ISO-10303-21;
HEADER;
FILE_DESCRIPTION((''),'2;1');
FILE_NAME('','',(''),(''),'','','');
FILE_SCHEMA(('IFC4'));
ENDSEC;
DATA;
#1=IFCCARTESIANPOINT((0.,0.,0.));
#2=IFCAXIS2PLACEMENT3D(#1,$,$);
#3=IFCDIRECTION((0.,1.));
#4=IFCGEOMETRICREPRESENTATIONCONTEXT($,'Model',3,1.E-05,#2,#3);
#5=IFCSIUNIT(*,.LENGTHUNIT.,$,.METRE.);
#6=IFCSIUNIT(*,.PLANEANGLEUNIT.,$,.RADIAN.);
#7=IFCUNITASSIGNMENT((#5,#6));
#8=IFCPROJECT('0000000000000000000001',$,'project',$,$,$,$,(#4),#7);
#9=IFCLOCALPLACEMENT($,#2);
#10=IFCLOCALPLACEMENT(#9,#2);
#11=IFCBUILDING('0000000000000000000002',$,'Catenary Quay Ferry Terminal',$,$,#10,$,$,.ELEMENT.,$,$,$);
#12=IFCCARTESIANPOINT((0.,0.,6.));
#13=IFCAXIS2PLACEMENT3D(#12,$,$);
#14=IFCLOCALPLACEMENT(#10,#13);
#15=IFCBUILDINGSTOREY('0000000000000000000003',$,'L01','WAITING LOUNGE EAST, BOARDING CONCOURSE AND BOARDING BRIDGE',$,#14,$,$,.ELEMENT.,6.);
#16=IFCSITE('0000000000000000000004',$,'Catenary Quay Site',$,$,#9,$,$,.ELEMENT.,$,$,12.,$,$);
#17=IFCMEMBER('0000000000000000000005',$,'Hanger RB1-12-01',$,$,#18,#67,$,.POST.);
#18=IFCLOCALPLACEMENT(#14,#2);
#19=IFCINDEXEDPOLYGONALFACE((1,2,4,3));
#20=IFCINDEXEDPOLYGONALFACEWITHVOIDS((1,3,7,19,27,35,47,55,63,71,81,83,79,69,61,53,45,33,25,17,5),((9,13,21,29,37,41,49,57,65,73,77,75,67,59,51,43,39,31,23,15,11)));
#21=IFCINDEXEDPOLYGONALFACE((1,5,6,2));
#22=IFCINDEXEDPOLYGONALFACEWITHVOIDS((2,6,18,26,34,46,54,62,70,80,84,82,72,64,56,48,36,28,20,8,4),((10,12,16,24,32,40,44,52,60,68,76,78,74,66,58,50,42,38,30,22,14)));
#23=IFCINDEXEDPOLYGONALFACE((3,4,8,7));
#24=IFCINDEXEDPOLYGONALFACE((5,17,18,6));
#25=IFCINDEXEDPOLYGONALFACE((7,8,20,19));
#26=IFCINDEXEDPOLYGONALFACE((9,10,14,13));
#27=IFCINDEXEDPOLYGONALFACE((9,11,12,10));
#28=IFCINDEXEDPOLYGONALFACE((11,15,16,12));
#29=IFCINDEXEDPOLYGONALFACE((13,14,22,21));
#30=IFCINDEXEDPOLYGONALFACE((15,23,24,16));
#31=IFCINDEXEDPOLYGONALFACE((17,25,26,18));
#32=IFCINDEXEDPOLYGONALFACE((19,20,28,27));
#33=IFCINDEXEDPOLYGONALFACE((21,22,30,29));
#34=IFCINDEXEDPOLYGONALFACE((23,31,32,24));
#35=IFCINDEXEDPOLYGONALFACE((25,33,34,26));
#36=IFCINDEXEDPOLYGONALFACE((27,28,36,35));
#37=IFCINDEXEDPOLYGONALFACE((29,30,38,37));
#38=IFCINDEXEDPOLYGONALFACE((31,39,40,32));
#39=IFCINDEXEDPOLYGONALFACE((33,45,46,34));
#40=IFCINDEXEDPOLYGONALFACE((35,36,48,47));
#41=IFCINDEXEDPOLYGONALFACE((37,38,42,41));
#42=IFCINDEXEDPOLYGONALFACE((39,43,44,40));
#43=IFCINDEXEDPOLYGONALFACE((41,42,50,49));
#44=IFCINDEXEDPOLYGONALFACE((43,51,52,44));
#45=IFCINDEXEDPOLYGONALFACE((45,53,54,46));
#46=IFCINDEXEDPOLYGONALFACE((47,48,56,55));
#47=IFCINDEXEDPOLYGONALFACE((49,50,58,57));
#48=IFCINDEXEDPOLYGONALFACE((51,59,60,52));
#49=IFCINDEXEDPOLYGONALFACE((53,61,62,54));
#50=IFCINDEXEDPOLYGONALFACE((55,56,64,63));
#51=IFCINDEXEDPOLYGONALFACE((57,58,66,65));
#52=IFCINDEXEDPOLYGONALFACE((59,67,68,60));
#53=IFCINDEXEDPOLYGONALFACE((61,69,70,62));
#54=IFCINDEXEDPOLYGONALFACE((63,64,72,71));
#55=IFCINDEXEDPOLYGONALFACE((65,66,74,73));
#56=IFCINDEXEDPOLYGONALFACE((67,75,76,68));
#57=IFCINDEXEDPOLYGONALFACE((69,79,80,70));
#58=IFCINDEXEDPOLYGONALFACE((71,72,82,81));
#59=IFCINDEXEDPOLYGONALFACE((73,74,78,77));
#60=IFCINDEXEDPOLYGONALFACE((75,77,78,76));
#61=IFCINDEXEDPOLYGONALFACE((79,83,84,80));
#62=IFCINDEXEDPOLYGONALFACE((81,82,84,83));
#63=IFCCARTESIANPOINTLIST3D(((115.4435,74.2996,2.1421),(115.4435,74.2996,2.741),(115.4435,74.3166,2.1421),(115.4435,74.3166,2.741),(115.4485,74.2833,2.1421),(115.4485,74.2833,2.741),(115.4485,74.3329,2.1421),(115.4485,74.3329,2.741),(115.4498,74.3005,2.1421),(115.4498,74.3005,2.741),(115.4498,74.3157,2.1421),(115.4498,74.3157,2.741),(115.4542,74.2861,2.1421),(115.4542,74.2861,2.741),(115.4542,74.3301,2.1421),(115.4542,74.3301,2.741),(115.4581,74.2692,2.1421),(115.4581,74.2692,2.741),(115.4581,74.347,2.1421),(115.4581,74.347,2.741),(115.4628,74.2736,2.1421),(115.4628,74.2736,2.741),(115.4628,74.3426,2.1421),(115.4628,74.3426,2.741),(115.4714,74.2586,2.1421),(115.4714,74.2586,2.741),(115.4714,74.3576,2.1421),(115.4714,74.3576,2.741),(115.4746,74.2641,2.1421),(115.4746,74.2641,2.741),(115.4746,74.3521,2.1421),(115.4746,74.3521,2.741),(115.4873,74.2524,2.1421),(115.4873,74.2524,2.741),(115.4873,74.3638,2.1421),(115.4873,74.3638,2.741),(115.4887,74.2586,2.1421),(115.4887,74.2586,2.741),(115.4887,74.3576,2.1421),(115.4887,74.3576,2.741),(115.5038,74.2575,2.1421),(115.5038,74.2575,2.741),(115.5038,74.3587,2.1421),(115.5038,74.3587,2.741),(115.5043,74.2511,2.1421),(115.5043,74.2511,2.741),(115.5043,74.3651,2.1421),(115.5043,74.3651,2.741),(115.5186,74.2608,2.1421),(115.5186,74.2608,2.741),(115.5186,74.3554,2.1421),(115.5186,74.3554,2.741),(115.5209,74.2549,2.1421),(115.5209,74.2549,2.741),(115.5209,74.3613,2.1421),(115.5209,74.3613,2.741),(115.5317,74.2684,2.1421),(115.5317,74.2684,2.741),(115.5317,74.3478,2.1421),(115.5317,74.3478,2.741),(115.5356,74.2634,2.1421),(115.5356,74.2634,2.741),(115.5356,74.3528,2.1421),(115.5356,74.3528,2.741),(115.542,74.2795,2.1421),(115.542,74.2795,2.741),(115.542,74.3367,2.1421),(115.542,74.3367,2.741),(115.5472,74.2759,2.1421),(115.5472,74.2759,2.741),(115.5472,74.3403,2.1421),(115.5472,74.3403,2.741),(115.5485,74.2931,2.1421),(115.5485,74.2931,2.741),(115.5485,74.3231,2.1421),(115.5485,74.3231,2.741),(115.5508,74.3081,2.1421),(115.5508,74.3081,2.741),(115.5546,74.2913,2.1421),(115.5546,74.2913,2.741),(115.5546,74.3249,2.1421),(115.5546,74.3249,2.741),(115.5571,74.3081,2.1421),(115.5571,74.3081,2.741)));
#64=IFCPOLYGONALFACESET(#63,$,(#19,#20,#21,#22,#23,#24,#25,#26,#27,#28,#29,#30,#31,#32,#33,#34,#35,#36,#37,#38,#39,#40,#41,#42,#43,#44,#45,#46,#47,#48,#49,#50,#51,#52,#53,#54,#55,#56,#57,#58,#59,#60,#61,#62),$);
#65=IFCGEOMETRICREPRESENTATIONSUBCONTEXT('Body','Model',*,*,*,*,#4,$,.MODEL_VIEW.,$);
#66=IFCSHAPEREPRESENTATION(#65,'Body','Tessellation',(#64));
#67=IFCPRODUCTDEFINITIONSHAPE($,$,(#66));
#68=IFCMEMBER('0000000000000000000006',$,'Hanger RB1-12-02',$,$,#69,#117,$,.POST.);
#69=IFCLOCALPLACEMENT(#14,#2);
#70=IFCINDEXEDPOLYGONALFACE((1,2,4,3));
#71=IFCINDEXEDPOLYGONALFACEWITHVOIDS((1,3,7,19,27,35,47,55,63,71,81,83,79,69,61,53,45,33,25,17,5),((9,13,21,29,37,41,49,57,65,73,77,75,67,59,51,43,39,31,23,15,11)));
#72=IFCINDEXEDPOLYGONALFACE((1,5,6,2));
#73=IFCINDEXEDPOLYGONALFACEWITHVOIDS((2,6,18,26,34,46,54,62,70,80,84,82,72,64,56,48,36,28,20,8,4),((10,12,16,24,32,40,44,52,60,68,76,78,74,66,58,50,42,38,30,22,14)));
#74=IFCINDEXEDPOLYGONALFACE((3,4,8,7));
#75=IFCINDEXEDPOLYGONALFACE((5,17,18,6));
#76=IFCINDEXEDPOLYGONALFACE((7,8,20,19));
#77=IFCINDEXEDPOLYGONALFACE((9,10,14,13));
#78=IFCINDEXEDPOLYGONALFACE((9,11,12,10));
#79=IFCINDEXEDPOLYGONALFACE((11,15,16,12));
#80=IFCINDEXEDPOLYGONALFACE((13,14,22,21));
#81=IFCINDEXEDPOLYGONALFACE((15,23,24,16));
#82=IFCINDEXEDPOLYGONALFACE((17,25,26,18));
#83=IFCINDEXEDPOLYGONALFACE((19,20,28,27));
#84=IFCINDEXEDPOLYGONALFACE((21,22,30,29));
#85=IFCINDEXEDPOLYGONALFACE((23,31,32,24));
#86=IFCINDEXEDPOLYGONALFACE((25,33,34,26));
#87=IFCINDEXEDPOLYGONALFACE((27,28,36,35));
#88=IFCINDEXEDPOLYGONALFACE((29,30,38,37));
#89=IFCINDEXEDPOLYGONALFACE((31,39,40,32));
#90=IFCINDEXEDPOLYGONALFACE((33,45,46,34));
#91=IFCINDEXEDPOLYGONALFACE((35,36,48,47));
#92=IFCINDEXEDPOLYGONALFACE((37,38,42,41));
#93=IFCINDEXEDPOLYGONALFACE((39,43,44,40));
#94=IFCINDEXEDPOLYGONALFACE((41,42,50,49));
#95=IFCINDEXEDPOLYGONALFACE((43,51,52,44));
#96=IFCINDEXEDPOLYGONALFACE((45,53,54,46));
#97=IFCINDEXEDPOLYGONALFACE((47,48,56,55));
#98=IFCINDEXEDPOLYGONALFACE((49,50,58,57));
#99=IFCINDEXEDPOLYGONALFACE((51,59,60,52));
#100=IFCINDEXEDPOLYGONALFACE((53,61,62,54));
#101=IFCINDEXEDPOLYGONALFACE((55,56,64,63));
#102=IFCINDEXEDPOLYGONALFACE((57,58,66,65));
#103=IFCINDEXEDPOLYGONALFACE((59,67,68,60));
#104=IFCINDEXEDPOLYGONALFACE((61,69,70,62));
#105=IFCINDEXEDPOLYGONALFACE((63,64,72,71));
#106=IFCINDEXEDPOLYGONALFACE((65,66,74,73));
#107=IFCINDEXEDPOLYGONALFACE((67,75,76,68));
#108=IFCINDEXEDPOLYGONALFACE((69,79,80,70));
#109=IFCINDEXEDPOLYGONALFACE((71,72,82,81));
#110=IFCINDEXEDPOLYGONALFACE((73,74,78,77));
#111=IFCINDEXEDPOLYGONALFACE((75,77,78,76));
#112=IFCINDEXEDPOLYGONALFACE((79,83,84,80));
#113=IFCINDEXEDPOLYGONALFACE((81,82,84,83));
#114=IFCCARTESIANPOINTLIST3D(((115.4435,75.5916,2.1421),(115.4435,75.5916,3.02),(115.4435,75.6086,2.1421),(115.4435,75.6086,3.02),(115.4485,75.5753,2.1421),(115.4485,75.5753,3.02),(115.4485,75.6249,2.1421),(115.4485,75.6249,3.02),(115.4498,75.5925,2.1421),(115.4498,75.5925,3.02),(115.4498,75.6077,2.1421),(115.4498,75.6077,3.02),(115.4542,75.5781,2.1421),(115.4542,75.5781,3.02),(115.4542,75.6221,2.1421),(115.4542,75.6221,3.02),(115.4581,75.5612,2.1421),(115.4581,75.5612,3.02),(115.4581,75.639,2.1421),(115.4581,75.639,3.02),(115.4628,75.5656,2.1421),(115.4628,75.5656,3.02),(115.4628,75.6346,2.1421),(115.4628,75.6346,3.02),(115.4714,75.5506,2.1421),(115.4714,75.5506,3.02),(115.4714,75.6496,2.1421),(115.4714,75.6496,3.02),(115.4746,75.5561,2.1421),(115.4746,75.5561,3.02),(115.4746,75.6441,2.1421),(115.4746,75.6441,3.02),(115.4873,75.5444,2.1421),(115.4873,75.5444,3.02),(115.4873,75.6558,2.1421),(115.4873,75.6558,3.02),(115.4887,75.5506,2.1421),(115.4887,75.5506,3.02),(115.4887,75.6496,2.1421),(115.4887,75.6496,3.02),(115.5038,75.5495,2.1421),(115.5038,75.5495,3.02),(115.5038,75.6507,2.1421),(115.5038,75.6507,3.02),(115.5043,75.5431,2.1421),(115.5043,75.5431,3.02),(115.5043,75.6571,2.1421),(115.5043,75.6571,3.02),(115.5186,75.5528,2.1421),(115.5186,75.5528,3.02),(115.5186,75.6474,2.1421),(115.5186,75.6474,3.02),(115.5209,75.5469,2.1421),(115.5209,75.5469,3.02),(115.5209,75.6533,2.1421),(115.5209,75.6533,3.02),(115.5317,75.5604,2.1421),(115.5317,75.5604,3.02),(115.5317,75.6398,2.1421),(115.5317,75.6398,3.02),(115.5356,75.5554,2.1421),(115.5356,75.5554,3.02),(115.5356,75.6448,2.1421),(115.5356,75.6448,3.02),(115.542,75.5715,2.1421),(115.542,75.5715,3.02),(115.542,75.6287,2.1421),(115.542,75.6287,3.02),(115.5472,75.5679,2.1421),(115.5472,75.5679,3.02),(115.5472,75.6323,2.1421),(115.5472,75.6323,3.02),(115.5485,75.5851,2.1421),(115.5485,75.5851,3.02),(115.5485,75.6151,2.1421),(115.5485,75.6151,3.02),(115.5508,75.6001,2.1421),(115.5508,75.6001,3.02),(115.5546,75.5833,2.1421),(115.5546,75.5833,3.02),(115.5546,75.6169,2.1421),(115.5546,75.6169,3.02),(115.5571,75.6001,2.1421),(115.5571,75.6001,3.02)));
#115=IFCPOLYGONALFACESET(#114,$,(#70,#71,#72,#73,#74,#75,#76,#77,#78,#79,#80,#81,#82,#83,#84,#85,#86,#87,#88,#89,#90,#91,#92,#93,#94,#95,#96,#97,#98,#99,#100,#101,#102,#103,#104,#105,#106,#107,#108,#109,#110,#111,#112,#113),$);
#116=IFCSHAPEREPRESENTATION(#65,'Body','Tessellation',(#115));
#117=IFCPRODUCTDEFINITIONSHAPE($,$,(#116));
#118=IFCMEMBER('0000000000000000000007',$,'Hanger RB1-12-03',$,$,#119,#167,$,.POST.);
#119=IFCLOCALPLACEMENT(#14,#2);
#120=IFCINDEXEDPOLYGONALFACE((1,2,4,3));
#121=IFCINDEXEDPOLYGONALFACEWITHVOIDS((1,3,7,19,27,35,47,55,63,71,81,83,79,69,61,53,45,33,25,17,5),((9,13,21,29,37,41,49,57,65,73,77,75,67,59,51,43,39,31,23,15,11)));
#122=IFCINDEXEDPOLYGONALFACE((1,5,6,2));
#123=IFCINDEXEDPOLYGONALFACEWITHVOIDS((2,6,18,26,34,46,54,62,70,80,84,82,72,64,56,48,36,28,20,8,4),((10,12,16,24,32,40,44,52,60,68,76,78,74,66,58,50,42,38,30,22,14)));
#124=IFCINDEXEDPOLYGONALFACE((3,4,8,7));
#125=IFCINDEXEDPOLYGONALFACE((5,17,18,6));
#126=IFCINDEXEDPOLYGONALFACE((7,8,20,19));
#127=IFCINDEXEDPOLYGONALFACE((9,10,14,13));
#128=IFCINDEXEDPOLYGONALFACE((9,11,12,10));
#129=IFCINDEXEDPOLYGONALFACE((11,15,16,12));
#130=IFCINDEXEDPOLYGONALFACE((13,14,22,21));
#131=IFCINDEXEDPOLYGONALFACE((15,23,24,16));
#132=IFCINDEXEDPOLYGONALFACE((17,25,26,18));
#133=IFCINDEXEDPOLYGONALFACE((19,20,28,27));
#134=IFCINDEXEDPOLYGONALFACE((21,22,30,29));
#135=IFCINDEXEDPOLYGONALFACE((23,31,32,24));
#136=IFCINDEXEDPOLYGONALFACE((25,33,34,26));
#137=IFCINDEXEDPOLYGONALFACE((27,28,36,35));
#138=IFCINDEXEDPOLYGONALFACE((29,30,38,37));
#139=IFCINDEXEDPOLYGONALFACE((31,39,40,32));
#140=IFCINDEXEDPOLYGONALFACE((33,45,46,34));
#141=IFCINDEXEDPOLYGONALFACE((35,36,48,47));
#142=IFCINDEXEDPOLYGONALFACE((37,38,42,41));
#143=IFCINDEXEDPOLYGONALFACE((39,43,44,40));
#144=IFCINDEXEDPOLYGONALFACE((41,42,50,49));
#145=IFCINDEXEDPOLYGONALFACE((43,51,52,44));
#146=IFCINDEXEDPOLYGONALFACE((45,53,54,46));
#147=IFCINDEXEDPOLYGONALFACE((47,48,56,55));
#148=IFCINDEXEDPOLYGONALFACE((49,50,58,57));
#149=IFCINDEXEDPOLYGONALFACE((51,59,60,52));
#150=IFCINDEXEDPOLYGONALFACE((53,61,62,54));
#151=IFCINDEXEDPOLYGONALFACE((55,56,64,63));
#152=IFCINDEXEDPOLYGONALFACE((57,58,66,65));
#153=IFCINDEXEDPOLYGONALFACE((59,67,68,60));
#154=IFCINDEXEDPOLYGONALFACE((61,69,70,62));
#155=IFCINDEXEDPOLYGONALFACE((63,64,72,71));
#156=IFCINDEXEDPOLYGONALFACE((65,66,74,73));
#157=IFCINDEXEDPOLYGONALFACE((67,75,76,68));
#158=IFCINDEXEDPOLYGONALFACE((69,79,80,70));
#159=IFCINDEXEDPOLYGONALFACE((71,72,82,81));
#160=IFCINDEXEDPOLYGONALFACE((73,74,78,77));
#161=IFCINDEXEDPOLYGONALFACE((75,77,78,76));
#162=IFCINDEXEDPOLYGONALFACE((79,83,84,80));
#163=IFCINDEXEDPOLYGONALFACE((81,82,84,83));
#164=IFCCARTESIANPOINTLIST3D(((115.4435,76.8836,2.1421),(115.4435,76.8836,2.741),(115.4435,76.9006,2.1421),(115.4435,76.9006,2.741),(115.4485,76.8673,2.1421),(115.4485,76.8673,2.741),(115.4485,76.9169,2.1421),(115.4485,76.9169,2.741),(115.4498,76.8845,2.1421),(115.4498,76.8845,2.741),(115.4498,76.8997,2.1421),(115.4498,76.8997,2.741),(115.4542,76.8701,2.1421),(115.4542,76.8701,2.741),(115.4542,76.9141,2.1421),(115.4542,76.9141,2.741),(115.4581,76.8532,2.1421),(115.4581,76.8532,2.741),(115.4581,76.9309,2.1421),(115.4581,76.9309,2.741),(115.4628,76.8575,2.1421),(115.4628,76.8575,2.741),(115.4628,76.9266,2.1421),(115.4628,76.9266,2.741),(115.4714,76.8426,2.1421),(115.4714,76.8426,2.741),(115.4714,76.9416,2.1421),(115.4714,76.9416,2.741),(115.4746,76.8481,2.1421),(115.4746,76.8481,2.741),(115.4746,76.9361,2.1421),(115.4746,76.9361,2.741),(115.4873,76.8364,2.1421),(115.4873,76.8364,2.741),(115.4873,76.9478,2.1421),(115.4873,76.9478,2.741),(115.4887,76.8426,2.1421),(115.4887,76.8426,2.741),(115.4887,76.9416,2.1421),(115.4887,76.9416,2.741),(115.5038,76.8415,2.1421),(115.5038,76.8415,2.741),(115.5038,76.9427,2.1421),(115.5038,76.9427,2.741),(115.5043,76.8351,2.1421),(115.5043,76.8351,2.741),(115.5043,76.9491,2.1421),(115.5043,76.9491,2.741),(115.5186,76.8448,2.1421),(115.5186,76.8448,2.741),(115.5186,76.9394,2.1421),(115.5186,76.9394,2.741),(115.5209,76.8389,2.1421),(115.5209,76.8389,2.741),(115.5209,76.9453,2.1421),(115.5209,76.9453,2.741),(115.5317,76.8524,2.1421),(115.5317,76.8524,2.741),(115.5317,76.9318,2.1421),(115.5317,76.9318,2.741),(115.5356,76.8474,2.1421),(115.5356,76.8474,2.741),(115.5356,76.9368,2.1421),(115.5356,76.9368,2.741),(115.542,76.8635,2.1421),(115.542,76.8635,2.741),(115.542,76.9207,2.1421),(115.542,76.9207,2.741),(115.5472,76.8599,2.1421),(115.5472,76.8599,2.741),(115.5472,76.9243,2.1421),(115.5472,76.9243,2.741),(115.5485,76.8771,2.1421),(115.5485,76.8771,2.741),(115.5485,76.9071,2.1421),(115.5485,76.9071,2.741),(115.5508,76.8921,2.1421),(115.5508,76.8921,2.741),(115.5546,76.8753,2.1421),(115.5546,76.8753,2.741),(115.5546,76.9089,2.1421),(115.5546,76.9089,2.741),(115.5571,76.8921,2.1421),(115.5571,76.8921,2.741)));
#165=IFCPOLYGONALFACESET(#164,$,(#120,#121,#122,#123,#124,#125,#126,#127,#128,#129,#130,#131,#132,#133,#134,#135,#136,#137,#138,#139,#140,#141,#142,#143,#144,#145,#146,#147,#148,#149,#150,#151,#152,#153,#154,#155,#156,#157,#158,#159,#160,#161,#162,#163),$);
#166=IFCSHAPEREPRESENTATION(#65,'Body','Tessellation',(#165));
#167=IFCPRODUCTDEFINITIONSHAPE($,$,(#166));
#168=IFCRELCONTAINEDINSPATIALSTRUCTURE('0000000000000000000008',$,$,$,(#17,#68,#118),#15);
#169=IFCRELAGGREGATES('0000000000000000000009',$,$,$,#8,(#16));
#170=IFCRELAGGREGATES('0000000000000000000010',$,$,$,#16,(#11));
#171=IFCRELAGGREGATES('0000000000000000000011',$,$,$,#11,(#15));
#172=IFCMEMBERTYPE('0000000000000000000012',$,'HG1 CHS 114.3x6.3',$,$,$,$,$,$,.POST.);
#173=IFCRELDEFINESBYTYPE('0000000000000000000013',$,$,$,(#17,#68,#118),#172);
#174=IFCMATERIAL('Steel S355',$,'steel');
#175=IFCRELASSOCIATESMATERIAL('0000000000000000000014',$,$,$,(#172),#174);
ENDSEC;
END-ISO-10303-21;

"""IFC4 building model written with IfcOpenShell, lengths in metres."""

from ifc_helpers import new_model, si_unit, direction, frame, origin, origin_2d, place, context, subcontext, project, spatial, hollow_circle, extrude, material, material_profile, profile_set, type_object, element, save


model = new_model("IFC4")

# Units and contexts
model_context = context("Model", 3, precision=1e-05, world=origin(), true_north=direction((0.0, 1.0)))
body_context = subcontext(model_context, "Body", "Model", "MODEL_VIEW")
ifc_project = project(units=[si_unit("LENGTHUNIT", "METRE"), si_unit("PLANEANGLEUNIT", "RADIAN")], contexts=[model_context])

# Site, building, storey
site_placement = place(None, origin())
site = spatial("IfcSite", under=ifc_project, at=site_placement, Name="Catenary Quay Site", CompositionType="ELEMENT", RefElevation=12.0)
building_placement = place(site_placement, origin())
building = spatial("IfcBuilding", under=site, at=building_placement, Name="Catenary Quay Ferry Terminal", CompositionType="ELEMENT")
storey_placement = place(building_placement, frame((0.0, 0.0, 6.0)))
storey = spatial("IfcBuildingStorey", under=building, at=storey_placement, Name="L01", Description="WAITING LOUNGE EAST, BOARDING CONCOURSE AND BOARDING BRIDGE", CompositionType="ELEMENT", Elevation=6.0)

# Members
ifc_material_1 = material(Name="Steel S355", Category="steel")
ifc_material_profile_1 = material_profile(ifc_material_1, hollow_circle(Radius=0.0571, WallThickness=0.0063, at=origin_2d()), Name="CHS 114.3x6.3")
ifc_profile_set_1 = profile_set([ifc_material_profile_1], Name="Steel S355")
member_type_1 = type_object("IfcMemberType", Name="HG1 CHS 114.3x6.3", PredefinedType="POST", material=ifc_profile_set_1)
member_1_placement = place(storey_placement, frame((115.5, 74.3081, 2.1421), z_axis=(0.0, 0.0, 1.0), x_axis=(1.0, 0.0, 0.0)))
element("IfcMember", 1, at=member_1_placement, inside=storey, type_object=member_type_1, Name="Hanger RB1-12-01", PredefinedType="POST", context=body_context, shape_type="SweptSolid", body=[
    extrude(hollow_circle(Radius=0.0571, WallThickness=0.0063, at=origin_2d()), origin(), (0.0, 0.0, 1.0), 0.5989),
])
member_2_placement = place(storey_placement, frame((115.5, 75.6001, 2.1421), z_axis=(0.0, 0.0, 1.0), x_axis=(1.0, 0.0, 0.0)))
element("IfcMember", 2, at=member_2_placement, inside=storey, type_object=member_type_1, Name="Hanger RB1-12-02", PredefinedType="POST", context=body_context, shape_type="SweptSolid", body=[
    extrude(hollow_circle(Radius=0.0571, WallThickness=0.0063, at=origin_2d()), origin(), (0.0, 0.0, 1.0), 0.8779),
])
for number, where, z_axis, x_axis, name in (
    (3, (115.5, 76.8921, 2.1421), (0.0, 0.0, 1.0), (1.0, 0.0, 0.0), "Hanger RB1-12-03"),
):
    element("IfcMember", number, at=place(storey_placement, frame(where, z_axis=z_axis, x_axis=x_axis)), inside=storey, type_object=member_type_1, Name=name, PredefinedType="POST", context=body_context, shape_type="SweptSolid", body=[
        extrude(hollow_circle(Radius=0.0571, WallThickness=0.0063, at=origin_2d()), origin(), (0.0, 0.0, 1.0), 0.5989),
    ])

save(model, "model.ifc")
